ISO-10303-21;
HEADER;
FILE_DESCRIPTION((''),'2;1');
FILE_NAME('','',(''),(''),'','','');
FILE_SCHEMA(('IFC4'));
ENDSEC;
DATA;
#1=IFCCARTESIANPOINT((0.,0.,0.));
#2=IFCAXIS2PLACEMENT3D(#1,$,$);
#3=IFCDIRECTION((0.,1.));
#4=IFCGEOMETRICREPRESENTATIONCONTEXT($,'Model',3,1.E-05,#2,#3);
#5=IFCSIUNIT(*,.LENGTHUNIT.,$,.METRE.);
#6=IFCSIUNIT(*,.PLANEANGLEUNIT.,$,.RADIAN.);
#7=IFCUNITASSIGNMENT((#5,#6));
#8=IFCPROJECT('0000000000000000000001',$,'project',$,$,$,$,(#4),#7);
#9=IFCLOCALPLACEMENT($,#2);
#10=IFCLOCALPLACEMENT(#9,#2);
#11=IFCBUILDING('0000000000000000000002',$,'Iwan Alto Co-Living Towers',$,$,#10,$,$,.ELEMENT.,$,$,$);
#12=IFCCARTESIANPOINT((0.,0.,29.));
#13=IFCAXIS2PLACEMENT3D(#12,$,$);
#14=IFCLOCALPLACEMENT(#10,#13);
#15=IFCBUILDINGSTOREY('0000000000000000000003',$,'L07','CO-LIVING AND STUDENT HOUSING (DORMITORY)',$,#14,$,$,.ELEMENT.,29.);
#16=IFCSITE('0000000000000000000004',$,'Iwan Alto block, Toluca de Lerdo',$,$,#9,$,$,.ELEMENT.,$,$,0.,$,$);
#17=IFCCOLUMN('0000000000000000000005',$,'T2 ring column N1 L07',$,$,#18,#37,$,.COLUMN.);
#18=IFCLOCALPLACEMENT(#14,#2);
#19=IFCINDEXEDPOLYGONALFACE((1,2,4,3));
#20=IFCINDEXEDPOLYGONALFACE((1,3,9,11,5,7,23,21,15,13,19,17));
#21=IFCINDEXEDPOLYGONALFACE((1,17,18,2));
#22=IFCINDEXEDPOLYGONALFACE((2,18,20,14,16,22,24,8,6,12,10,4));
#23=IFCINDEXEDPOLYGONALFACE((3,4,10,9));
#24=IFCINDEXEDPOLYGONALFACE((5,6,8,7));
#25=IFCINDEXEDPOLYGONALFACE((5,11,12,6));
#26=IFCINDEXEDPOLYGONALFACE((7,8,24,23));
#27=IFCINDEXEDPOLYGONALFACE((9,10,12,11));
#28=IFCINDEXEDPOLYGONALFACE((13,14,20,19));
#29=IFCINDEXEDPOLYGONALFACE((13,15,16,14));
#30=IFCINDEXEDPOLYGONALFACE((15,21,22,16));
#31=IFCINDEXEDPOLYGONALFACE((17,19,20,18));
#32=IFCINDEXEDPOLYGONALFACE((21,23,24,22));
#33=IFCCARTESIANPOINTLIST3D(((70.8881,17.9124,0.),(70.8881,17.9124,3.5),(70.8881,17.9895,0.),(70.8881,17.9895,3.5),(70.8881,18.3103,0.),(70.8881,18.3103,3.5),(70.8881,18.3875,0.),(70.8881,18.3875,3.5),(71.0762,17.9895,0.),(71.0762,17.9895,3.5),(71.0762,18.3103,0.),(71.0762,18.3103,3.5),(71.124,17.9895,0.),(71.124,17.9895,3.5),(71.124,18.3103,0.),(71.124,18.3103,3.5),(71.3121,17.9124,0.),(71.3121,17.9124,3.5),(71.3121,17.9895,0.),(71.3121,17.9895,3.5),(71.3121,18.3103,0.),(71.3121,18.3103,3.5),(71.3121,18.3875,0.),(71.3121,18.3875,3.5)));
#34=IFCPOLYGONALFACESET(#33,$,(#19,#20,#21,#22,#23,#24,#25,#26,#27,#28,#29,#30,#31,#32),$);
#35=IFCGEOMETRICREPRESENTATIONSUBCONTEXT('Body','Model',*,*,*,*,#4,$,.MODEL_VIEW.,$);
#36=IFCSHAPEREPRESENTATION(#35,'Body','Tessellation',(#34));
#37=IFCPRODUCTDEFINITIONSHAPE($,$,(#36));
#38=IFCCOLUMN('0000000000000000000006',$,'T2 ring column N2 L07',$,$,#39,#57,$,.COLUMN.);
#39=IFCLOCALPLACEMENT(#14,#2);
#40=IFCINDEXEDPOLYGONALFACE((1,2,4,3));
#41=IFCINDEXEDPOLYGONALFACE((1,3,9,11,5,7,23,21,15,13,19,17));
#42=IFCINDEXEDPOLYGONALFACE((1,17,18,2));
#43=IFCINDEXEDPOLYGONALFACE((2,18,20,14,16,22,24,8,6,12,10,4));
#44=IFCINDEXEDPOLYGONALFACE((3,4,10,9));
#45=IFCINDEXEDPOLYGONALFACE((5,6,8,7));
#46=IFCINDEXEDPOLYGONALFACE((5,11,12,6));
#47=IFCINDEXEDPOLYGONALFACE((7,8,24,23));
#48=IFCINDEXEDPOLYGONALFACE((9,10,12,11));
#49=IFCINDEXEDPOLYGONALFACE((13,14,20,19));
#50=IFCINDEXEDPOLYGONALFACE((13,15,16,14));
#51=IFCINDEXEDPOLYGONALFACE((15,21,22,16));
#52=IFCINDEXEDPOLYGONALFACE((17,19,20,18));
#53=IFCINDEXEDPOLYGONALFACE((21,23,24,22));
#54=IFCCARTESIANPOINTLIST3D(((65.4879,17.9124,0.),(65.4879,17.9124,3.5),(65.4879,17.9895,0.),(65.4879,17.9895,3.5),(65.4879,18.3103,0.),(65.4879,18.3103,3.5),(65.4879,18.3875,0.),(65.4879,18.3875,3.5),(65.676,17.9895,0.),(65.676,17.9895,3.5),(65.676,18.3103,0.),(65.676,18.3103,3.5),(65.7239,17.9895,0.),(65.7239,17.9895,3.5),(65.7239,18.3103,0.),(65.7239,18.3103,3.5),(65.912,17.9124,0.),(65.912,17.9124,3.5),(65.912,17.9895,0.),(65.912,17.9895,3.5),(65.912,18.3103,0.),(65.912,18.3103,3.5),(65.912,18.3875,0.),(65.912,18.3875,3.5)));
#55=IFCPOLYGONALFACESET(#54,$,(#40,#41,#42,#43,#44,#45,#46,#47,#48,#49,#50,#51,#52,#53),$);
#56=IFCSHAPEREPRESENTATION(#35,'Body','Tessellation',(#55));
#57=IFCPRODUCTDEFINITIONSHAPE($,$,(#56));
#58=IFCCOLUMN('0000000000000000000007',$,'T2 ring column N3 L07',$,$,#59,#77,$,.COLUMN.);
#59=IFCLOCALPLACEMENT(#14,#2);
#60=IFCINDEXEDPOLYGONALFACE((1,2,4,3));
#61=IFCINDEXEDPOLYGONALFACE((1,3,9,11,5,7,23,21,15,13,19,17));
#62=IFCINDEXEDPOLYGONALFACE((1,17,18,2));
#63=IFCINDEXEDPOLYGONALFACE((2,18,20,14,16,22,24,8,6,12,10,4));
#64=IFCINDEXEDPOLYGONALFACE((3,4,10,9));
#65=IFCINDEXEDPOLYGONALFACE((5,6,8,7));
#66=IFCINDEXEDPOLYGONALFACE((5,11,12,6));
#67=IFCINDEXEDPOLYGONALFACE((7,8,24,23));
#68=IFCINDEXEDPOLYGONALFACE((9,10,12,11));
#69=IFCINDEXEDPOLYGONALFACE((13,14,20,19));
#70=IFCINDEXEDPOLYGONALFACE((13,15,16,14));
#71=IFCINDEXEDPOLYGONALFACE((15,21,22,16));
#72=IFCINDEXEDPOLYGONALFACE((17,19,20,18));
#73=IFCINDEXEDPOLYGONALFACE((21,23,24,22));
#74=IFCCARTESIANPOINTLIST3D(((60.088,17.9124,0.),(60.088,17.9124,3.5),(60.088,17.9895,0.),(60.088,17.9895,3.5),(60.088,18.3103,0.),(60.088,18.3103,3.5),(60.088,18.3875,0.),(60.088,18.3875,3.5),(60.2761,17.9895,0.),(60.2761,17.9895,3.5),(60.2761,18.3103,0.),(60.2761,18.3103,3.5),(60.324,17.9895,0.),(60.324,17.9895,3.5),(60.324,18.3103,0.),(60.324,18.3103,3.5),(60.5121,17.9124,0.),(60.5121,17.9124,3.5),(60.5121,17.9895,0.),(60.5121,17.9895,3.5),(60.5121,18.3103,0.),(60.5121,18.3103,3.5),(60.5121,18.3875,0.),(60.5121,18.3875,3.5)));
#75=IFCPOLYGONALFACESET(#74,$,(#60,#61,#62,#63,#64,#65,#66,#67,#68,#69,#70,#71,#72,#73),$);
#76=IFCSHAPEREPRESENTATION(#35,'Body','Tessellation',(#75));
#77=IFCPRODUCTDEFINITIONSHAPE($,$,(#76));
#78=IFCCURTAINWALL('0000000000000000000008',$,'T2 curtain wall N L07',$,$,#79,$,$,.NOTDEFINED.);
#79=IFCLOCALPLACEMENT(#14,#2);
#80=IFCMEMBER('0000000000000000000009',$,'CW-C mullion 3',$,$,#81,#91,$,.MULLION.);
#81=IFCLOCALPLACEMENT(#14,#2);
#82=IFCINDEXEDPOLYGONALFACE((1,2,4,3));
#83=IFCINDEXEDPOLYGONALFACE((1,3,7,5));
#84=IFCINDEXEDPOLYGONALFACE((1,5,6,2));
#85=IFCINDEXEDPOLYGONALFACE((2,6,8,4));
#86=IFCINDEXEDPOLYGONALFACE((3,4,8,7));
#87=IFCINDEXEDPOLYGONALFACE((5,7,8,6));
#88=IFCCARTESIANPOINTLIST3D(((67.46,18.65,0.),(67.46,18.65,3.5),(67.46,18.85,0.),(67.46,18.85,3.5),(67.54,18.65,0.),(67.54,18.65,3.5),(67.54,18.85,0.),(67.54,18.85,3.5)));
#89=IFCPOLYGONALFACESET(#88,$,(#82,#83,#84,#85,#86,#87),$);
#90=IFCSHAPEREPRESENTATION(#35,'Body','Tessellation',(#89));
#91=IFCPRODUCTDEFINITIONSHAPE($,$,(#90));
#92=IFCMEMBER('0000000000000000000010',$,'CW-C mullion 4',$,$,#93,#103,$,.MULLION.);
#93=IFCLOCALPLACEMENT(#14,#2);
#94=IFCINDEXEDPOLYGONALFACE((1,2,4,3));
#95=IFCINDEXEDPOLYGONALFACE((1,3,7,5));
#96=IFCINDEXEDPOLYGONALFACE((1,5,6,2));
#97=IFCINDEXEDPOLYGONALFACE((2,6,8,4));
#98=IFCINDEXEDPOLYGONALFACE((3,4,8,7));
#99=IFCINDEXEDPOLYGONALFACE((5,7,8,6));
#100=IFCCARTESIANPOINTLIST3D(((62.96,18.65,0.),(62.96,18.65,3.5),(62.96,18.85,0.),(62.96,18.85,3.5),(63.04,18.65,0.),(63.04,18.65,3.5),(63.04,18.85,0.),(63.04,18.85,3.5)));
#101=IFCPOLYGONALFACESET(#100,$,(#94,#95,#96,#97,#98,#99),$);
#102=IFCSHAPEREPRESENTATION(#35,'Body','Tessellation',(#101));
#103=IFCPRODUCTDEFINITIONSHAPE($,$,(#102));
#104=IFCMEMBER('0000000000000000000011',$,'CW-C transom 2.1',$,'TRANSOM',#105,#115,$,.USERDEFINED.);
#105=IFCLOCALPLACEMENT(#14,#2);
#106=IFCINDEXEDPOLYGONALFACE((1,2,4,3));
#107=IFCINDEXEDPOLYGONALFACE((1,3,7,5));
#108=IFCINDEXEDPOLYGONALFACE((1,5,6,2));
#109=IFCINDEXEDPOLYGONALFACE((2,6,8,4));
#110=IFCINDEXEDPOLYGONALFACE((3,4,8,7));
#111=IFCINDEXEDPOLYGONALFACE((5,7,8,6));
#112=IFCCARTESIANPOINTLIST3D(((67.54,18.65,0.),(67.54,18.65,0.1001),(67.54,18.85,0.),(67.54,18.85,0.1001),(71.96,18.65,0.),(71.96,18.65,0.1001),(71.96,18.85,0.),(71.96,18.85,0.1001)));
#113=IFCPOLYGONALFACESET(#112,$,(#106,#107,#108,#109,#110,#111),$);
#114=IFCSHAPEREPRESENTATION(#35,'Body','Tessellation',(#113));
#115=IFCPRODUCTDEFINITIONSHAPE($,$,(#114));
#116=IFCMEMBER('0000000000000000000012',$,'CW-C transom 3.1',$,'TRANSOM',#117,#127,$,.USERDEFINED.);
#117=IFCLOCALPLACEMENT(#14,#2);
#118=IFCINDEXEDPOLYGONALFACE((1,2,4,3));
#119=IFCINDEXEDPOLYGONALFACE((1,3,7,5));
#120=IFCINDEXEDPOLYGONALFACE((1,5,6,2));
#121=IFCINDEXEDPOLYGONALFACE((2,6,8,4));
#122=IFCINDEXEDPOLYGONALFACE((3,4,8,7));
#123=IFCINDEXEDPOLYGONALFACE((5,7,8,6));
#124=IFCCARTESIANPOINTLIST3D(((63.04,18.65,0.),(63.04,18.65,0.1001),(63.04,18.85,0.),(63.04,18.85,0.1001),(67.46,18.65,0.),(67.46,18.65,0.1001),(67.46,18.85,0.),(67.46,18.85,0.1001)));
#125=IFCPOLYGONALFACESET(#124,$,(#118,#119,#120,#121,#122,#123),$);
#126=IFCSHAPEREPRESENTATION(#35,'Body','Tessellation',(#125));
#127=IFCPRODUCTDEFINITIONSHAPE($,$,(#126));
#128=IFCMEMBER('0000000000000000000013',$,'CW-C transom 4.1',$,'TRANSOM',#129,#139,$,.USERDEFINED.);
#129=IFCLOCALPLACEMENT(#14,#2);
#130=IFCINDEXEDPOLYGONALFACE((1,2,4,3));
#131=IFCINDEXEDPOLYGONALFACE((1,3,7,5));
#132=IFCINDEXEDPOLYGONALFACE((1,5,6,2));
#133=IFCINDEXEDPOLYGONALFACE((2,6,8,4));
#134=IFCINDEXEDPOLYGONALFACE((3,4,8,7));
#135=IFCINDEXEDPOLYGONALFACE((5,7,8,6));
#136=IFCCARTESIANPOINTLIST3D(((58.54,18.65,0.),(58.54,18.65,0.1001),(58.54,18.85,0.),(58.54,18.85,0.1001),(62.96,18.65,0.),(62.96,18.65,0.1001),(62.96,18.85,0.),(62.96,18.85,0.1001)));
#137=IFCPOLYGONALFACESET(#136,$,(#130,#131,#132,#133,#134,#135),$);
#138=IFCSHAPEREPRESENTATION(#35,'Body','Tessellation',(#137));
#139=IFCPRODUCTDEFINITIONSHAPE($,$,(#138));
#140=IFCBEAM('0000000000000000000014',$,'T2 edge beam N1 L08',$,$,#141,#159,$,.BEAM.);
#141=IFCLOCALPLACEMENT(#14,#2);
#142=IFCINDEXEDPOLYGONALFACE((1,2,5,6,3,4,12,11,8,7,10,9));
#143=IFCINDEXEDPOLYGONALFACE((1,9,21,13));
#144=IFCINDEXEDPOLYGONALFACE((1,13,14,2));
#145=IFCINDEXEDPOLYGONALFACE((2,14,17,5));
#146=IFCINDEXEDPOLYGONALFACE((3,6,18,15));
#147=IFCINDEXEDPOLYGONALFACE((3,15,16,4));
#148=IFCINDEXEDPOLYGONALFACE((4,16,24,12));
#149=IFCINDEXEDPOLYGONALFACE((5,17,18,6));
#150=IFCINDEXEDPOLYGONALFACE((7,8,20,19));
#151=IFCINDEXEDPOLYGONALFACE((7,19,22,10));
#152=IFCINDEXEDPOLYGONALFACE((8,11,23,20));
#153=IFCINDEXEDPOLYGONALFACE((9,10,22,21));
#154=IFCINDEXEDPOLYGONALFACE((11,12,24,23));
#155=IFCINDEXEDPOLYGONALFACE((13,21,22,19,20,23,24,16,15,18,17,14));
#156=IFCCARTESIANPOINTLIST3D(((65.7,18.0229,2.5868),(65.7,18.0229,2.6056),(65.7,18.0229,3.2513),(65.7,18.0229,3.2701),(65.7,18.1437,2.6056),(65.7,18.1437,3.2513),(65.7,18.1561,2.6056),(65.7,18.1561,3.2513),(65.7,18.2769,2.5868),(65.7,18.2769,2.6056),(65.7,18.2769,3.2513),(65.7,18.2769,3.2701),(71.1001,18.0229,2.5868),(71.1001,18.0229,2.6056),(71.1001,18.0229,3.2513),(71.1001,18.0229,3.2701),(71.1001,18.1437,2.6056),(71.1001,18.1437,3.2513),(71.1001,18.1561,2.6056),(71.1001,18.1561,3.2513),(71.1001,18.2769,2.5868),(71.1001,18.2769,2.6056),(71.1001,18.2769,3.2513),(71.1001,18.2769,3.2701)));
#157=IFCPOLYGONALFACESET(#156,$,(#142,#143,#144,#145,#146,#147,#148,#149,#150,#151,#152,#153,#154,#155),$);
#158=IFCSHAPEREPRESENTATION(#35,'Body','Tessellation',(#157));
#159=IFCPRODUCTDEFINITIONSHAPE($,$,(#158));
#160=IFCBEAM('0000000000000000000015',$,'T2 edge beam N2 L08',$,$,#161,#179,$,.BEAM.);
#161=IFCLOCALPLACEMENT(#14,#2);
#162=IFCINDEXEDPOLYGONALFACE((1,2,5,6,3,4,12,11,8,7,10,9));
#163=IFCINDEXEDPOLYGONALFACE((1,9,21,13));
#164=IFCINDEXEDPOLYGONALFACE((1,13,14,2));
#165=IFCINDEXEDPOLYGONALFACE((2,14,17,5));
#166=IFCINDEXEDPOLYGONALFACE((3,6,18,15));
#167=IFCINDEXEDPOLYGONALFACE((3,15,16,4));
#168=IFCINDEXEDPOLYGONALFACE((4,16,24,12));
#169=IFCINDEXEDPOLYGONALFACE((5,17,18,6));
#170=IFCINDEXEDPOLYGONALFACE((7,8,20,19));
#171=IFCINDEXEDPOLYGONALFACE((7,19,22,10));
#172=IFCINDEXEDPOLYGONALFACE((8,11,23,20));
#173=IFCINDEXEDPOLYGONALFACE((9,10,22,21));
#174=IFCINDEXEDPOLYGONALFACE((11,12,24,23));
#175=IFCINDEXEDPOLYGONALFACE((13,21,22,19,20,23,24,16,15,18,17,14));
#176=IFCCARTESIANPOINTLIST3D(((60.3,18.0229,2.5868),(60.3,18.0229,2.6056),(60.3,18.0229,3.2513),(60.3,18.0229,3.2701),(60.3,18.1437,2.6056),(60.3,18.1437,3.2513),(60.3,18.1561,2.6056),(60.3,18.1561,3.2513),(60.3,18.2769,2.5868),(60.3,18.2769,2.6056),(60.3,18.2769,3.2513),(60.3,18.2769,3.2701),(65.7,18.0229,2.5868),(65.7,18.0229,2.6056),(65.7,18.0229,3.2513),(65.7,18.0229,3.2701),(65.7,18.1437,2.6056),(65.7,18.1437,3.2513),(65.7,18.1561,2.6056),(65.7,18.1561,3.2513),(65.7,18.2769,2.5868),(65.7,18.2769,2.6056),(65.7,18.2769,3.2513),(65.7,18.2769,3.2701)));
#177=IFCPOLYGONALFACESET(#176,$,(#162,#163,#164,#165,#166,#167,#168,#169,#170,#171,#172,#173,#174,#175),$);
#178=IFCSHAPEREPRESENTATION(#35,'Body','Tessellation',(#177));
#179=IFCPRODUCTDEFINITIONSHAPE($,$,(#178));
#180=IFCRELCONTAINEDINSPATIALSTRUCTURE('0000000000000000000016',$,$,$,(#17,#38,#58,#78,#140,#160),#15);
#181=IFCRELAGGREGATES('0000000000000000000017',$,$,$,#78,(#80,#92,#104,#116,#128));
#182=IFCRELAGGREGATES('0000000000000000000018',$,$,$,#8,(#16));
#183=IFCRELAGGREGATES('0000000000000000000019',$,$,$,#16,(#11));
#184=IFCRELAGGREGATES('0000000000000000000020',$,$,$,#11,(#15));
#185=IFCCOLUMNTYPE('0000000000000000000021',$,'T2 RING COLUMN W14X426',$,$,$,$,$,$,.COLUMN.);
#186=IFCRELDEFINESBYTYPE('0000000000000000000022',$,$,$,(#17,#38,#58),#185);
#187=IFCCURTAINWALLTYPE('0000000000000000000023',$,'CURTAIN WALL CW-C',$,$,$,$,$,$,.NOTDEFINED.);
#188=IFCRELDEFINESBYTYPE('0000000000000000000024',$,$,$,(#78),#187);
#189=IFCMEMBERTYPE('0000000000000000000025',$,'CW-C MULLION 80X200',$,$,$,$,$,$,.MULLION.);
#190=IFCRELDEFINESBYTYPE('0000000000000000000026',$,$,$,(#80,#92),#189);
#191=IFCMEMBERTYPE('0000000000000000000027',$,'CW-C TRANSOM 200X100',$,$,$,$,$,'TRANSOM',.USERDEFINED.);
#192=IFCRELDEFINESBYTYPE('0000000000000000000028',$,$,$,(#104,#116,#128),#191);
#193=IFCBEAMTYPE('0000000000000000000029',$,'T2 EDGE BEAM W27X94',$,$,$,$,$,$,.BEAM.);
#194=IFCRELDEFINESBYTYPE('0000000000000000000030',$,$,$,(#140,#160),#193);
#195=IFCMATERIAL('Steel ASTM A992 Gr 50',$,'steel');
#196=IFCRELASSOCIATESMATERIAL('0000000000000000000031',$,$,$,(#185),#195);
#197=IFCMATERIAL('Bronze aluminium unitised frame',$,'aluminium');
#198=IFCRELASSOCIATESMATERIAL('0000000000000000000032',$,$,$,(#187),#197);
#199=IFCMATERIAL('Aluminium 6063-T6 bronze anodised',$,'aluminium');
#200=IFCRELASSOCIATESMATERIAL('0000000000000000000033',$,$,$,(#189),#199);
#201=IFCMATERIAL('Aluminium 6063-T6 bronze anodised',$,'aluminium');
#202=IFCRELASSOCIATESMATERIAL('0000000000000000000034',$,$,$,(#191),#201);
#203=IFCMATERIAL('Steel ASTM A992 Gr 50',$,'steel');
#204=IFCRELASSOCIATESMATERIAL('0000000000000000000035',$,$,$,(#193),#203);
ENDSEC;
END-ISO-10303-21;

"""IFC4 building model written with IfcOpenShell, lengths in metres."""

from ifc_helpers import new_model, si_unit, direction, frame, origin, origin_2d, place, context, subcontext, project, spatial, rectangle, i_section, extrude, material, material_profile, profile_set, type_object, element, aggregate, save


model = new_model("IFC4")

# Units and contexts
model_context = context("Model", 3, precision=1e-05, world=origin(), true_north=direction((0.0, 1.0)))
body_context = subcontext(model_context, "Body", "Model", "MODEL_VIEW")
ifc_project = project(units=[si_unit("LENGTHUNIT", "METRE"), si_unit("PLANEANGLEUNIT", "RADIAN")], contexts=[model_context])

# Site, building, storey
site_placement = place(None, origin())
site = spatial("IfcSite", under=ifc_project, at=site_placement, Name="Iwan Alto block, Toluca de Lerdo", CompositionType="ELEMENT", RefElevation=0.0)
building_placement = place(site_placement, origin())
building = spatial("IfcBuilding", under=site, at=building_placement, Name="Iwan Alto Co-Living Towers", CompositionType="ELEMENT")
storey_placement = place(building_placement, frame((0.0, 0.0, 29.0)))
storey = spatial("IfcBuildingStorey", under=building, at=storey_placement, Name="L07", Description="CO-LIVING AND STUDENT HOUSING (DORMITORY)", CompositionType="ELEMENT", Elevation=29.0)

# Columns
ifc_material_1 = material(Name="Steel ASTM A992 Gr 50", Category="steel")
ifc_material_profile_1 = material_profile(ifc_material_1, i_section(OverallWidth=0.4241, OverallDepth=0.4751, WebThickness=0.0479, FlangeThickness=0.0771, at=origin_2d()), Name="W14X426")
ifc_profile_set_1 = profile_set([ifc_material_profile_1], Name="Steel ASTM A992 Gr 50")
column_type = type_object("IfcColumnType", Name="T2 RING COLUMN W14X426", PredefinedType="COLUMN", material=ifc_profile_set_1)
for number, where, z_axis, x_axis, name in (
    (1, (71.1001, 18.1499, 0.0), (0.0, 0.0, 1.0), (1.0, 0.0, 0.0), "T2 ring column N1 L07"),
    (2, (65.7, 18.1499, 0.0), (0.0, 0.0, 1.0), (1.0, 0.0, 0.0), "T2 ring column N2 L07"),
    (3, (60.3, 18.1499, 0.0), (0.0, 0.0, 1.0), (1.0, 0.0, 0.0), "T2 ring column N3 L07"),
):
    element("IfcColumn", number, at=place(storey_placement, frame(where, z_axis=z_axis, x_axis=x_axis)), inside=storey, type_object=column_type, Name=name, PredefinedType="COLUMN", context=body_context, shape_type="SweptSolid", body=[
        extrude(i_section(OverallWidth=0.4241, OverallDepth=0.4751, WebThickness=0.0479, FlangeThickness=0.0771, at=origin_2d()), origin(), (0.0, 0.0, 1.0), 3.5),
    ])

# Curtain wall, members
ifc_material_2 = material(Name="Bronze aluminium unitised frame", Category="aluminium")
curtain_wall_type = type_object("IfcCurtainWallType", Name="CURTAIN WALL CW-C", PredefinedType="NOTDEFINED", material=ifc_material_2)
curtain_wall_placement = place(storey_placement, origin())
curtain_wall = element("IfcCurtainWall", 4, at=curtain_wall_placement, inside=storey, type_object=curtain_wall_type, Name="T2 curtain wall N L07", PredefinedType="NOTDEFINED")
ifc_material_3 = material(Name="Aluminium 6063-T6 bronze anodised", Category="aluminium")
ifc_material_profile_2 = material_profile(ifc_material_3, rectangle(XDim=0.2, YDim=0.0801, at=origin_2d()), Name="AL 80X200")
ifc_profile_set_2 = profile_set([ifc_material_profile_2], Name="Aluminium 6063-T6 bronze anodised")
member_type_1 = type_object("IfcMemberType", Name="CW-C MULLION 80X200", PredefinedType="MULLION", material=ifc_profile_set_2)
member_1_placement = place(storey_placement, frame((67.5, 18.75, 0.0), z_axis=(0.0, 0.0, 1.0), x_axis=(0.0, -1.0, 0.0)))
member_1 = element("IfcMember", 5, at=member_1_placement, type_object=member_type_1, Name="CW-C mullion 3", PredefinedType="MULLION", context=body_context, shape_type="SweptSolid", body=[
    extrude(rectangle(XDim=0.2, YDim=0.0801, at=origin_2d()), origin(), (0.0, 0.0, 1.0), 3.5),
])
member_2_placement = place(storey_placement, frame((63.0, 18.75, 0.0), z_axis=(0.0, 0.0, 1.0), x_axis=(0.0, -1.0, 0.0)))
member_2 = element("IfcMember", 6, at=member_2_placement, type_object=member_type_1, Name="CW-C mullion 4", PredefinedType="MULLION", context=body_context, shape_type="SweptSolid", body=[
    extrude(rectangle(XDim=0.2, YDim=0.0801, at=origin_2d()), origin(), (0.0, 0.0, 1.0), 3.5),
])
ifc_material_4 = material(Name="Aluminium 6063-T6 bronze anodised", Category="aluminium")
ifc_material_profile_3 = material_profile(ifc_material_4, rectangle(XDim=0.2, YDim=0.1001, at=origin_2d()), Name="AL 200X100")
ifc_profile_set_3 = profile_set([ifc_material_profile_3], Name="Aluminium 6063-T6 bronze anodised")
member_type_2 = type_object("IfcMemberType", Name="CW-C TRANSOM 200X100", ElementType="TRANSOM", PredefinedType="USERDEFINED", material=ifc_profile_set_3)
member_3_placement = place(storey_placement, frame((71.96, 18.75, 0.05), z_axis=(-1.0, 0.0, 0.0), x_axis=(0.0, -1.0, 0.0)))
member_3 = element("IfcMember", 7, at=member_3_placement, type_object=member_type_2, Name="CW-C transom 2.1", ObjectType="TRANSOM", PredefinedType="USERDEFINED", context=body_context, shape_type="SweptSolid", body=[
    extrude(rectangle(XDim=0.2, YDim=0.1001, at=origin_2d()), origin(), (0.0, 0.0, 1.0), 4.4199),
])
member_4_placement = place(storey_placement, frame((67.46, 18.75, 0.05), z_axis=(-1.0, 0.0, 0.0), x_axis=(0.0, -1.0, 0.0)))
member_4 = element("IfcMember", 8, at=member_4_placement, type_object=member_type_2, Name="CW-C transom 3.1", ObjectType="TRANSOM", PredefinedType="USERDEFINED", context=body_context, shape_type="SweptSolid", body=[
    extrude(rectangle(XDim=0.2, YDim=0.1001, at=origin_2d()), origin(), (0.0, 0.0, 1.0), 4.4199),
])
member_5_placement = place(storey_placement, frame((62.96, 18.75, 0.05), z_axis=(-1.0, 0.0, 0.0), x_axis=(0.0, -1.0, 0.0)))
member_5 = element("IfcMember", 9, at=member_5_placement, type_object=member_type_2, Name="CW-C transom 4.1", ObjectType="TRANSOM", PredefinedType="USERDEFINED", context=body_context, shape_type="SweptSolid", body=[
    extrude(rectangle(XDim=0.2, YDim=0.1001, at=origin_2d()), origin(), (0.0, 0.0, 1.0), 4.4199),
])

# Beams
ifc_material_5 = material(Name="Steel ASTM A992 Gr 50", Category="steel")
ifc_material_profile_4 = material_profile(ifc_material_5, i_section(OverallWidth=0.2539, OverallDepth=0.6833, WebThickness=0.0125, FlangeThickness=0.0188, at=origin_2d()), Name="W27X94")
ifc_profile_set_4 = profile_set([ifc_material_profile_4], Name="Steel ASTM A992 Gr 50")
beam_type_1 = type_object("IfcBeamType", Name="T2 EDGE BEAM W27X94", PredefinedType="BEAM", material=ifc_profile_set_4)
beam_1_placement = place(storey_placement, frame((71.1001, 18.1499, 2.9285), z_axis=(-1.0, 0.0, 0.0), x_axis=(0.0, -1.0, 0.0)))
element("IfcBeam", 10, at=beam_1_placement, inside=storey, type_object=beam_type_1, Name="T2 edge beam N1 L08", PredefinedType="BEAM", context=body_context, shape_type="SweptSolid", body=[
    extrude(i_section(OverallWidth=0.2539, OverallDepth=0.6833, WebThickness=0.0125, FlangeThickness=0.0188, at=origin_2d()), origin(), (0.0, 0.0, 1.0), 5.4001),
])
beam_2_placement = place(storey_placement, frame((65.7, 18.1499, 2.9285), z_axis=(-1.0, 0.0, 0.0), x_axis=(0.0, -1.0, 0.0)))
element("IfcBeam", 11, at=beam_2_placement, inside=storey, type_object=beam_type_1, Name="T2 edge beam N2 L08", PredefinedType="BEAM", context=body_context, shape_type="SweptSolid", body=[
    extrude(i_section(OverallWidth=0.2539, OverallDepth=0.6833, WebThickness=0.0125, FlangeThickness=0.0188, at=origin_2d()), origin(), (0.0, 0.0, 1.0), 5.3999),
])

aggregate(curtain_wall, [member_1, member_2, member_3, member_4, member_5])

save(model, "model.ifc")
